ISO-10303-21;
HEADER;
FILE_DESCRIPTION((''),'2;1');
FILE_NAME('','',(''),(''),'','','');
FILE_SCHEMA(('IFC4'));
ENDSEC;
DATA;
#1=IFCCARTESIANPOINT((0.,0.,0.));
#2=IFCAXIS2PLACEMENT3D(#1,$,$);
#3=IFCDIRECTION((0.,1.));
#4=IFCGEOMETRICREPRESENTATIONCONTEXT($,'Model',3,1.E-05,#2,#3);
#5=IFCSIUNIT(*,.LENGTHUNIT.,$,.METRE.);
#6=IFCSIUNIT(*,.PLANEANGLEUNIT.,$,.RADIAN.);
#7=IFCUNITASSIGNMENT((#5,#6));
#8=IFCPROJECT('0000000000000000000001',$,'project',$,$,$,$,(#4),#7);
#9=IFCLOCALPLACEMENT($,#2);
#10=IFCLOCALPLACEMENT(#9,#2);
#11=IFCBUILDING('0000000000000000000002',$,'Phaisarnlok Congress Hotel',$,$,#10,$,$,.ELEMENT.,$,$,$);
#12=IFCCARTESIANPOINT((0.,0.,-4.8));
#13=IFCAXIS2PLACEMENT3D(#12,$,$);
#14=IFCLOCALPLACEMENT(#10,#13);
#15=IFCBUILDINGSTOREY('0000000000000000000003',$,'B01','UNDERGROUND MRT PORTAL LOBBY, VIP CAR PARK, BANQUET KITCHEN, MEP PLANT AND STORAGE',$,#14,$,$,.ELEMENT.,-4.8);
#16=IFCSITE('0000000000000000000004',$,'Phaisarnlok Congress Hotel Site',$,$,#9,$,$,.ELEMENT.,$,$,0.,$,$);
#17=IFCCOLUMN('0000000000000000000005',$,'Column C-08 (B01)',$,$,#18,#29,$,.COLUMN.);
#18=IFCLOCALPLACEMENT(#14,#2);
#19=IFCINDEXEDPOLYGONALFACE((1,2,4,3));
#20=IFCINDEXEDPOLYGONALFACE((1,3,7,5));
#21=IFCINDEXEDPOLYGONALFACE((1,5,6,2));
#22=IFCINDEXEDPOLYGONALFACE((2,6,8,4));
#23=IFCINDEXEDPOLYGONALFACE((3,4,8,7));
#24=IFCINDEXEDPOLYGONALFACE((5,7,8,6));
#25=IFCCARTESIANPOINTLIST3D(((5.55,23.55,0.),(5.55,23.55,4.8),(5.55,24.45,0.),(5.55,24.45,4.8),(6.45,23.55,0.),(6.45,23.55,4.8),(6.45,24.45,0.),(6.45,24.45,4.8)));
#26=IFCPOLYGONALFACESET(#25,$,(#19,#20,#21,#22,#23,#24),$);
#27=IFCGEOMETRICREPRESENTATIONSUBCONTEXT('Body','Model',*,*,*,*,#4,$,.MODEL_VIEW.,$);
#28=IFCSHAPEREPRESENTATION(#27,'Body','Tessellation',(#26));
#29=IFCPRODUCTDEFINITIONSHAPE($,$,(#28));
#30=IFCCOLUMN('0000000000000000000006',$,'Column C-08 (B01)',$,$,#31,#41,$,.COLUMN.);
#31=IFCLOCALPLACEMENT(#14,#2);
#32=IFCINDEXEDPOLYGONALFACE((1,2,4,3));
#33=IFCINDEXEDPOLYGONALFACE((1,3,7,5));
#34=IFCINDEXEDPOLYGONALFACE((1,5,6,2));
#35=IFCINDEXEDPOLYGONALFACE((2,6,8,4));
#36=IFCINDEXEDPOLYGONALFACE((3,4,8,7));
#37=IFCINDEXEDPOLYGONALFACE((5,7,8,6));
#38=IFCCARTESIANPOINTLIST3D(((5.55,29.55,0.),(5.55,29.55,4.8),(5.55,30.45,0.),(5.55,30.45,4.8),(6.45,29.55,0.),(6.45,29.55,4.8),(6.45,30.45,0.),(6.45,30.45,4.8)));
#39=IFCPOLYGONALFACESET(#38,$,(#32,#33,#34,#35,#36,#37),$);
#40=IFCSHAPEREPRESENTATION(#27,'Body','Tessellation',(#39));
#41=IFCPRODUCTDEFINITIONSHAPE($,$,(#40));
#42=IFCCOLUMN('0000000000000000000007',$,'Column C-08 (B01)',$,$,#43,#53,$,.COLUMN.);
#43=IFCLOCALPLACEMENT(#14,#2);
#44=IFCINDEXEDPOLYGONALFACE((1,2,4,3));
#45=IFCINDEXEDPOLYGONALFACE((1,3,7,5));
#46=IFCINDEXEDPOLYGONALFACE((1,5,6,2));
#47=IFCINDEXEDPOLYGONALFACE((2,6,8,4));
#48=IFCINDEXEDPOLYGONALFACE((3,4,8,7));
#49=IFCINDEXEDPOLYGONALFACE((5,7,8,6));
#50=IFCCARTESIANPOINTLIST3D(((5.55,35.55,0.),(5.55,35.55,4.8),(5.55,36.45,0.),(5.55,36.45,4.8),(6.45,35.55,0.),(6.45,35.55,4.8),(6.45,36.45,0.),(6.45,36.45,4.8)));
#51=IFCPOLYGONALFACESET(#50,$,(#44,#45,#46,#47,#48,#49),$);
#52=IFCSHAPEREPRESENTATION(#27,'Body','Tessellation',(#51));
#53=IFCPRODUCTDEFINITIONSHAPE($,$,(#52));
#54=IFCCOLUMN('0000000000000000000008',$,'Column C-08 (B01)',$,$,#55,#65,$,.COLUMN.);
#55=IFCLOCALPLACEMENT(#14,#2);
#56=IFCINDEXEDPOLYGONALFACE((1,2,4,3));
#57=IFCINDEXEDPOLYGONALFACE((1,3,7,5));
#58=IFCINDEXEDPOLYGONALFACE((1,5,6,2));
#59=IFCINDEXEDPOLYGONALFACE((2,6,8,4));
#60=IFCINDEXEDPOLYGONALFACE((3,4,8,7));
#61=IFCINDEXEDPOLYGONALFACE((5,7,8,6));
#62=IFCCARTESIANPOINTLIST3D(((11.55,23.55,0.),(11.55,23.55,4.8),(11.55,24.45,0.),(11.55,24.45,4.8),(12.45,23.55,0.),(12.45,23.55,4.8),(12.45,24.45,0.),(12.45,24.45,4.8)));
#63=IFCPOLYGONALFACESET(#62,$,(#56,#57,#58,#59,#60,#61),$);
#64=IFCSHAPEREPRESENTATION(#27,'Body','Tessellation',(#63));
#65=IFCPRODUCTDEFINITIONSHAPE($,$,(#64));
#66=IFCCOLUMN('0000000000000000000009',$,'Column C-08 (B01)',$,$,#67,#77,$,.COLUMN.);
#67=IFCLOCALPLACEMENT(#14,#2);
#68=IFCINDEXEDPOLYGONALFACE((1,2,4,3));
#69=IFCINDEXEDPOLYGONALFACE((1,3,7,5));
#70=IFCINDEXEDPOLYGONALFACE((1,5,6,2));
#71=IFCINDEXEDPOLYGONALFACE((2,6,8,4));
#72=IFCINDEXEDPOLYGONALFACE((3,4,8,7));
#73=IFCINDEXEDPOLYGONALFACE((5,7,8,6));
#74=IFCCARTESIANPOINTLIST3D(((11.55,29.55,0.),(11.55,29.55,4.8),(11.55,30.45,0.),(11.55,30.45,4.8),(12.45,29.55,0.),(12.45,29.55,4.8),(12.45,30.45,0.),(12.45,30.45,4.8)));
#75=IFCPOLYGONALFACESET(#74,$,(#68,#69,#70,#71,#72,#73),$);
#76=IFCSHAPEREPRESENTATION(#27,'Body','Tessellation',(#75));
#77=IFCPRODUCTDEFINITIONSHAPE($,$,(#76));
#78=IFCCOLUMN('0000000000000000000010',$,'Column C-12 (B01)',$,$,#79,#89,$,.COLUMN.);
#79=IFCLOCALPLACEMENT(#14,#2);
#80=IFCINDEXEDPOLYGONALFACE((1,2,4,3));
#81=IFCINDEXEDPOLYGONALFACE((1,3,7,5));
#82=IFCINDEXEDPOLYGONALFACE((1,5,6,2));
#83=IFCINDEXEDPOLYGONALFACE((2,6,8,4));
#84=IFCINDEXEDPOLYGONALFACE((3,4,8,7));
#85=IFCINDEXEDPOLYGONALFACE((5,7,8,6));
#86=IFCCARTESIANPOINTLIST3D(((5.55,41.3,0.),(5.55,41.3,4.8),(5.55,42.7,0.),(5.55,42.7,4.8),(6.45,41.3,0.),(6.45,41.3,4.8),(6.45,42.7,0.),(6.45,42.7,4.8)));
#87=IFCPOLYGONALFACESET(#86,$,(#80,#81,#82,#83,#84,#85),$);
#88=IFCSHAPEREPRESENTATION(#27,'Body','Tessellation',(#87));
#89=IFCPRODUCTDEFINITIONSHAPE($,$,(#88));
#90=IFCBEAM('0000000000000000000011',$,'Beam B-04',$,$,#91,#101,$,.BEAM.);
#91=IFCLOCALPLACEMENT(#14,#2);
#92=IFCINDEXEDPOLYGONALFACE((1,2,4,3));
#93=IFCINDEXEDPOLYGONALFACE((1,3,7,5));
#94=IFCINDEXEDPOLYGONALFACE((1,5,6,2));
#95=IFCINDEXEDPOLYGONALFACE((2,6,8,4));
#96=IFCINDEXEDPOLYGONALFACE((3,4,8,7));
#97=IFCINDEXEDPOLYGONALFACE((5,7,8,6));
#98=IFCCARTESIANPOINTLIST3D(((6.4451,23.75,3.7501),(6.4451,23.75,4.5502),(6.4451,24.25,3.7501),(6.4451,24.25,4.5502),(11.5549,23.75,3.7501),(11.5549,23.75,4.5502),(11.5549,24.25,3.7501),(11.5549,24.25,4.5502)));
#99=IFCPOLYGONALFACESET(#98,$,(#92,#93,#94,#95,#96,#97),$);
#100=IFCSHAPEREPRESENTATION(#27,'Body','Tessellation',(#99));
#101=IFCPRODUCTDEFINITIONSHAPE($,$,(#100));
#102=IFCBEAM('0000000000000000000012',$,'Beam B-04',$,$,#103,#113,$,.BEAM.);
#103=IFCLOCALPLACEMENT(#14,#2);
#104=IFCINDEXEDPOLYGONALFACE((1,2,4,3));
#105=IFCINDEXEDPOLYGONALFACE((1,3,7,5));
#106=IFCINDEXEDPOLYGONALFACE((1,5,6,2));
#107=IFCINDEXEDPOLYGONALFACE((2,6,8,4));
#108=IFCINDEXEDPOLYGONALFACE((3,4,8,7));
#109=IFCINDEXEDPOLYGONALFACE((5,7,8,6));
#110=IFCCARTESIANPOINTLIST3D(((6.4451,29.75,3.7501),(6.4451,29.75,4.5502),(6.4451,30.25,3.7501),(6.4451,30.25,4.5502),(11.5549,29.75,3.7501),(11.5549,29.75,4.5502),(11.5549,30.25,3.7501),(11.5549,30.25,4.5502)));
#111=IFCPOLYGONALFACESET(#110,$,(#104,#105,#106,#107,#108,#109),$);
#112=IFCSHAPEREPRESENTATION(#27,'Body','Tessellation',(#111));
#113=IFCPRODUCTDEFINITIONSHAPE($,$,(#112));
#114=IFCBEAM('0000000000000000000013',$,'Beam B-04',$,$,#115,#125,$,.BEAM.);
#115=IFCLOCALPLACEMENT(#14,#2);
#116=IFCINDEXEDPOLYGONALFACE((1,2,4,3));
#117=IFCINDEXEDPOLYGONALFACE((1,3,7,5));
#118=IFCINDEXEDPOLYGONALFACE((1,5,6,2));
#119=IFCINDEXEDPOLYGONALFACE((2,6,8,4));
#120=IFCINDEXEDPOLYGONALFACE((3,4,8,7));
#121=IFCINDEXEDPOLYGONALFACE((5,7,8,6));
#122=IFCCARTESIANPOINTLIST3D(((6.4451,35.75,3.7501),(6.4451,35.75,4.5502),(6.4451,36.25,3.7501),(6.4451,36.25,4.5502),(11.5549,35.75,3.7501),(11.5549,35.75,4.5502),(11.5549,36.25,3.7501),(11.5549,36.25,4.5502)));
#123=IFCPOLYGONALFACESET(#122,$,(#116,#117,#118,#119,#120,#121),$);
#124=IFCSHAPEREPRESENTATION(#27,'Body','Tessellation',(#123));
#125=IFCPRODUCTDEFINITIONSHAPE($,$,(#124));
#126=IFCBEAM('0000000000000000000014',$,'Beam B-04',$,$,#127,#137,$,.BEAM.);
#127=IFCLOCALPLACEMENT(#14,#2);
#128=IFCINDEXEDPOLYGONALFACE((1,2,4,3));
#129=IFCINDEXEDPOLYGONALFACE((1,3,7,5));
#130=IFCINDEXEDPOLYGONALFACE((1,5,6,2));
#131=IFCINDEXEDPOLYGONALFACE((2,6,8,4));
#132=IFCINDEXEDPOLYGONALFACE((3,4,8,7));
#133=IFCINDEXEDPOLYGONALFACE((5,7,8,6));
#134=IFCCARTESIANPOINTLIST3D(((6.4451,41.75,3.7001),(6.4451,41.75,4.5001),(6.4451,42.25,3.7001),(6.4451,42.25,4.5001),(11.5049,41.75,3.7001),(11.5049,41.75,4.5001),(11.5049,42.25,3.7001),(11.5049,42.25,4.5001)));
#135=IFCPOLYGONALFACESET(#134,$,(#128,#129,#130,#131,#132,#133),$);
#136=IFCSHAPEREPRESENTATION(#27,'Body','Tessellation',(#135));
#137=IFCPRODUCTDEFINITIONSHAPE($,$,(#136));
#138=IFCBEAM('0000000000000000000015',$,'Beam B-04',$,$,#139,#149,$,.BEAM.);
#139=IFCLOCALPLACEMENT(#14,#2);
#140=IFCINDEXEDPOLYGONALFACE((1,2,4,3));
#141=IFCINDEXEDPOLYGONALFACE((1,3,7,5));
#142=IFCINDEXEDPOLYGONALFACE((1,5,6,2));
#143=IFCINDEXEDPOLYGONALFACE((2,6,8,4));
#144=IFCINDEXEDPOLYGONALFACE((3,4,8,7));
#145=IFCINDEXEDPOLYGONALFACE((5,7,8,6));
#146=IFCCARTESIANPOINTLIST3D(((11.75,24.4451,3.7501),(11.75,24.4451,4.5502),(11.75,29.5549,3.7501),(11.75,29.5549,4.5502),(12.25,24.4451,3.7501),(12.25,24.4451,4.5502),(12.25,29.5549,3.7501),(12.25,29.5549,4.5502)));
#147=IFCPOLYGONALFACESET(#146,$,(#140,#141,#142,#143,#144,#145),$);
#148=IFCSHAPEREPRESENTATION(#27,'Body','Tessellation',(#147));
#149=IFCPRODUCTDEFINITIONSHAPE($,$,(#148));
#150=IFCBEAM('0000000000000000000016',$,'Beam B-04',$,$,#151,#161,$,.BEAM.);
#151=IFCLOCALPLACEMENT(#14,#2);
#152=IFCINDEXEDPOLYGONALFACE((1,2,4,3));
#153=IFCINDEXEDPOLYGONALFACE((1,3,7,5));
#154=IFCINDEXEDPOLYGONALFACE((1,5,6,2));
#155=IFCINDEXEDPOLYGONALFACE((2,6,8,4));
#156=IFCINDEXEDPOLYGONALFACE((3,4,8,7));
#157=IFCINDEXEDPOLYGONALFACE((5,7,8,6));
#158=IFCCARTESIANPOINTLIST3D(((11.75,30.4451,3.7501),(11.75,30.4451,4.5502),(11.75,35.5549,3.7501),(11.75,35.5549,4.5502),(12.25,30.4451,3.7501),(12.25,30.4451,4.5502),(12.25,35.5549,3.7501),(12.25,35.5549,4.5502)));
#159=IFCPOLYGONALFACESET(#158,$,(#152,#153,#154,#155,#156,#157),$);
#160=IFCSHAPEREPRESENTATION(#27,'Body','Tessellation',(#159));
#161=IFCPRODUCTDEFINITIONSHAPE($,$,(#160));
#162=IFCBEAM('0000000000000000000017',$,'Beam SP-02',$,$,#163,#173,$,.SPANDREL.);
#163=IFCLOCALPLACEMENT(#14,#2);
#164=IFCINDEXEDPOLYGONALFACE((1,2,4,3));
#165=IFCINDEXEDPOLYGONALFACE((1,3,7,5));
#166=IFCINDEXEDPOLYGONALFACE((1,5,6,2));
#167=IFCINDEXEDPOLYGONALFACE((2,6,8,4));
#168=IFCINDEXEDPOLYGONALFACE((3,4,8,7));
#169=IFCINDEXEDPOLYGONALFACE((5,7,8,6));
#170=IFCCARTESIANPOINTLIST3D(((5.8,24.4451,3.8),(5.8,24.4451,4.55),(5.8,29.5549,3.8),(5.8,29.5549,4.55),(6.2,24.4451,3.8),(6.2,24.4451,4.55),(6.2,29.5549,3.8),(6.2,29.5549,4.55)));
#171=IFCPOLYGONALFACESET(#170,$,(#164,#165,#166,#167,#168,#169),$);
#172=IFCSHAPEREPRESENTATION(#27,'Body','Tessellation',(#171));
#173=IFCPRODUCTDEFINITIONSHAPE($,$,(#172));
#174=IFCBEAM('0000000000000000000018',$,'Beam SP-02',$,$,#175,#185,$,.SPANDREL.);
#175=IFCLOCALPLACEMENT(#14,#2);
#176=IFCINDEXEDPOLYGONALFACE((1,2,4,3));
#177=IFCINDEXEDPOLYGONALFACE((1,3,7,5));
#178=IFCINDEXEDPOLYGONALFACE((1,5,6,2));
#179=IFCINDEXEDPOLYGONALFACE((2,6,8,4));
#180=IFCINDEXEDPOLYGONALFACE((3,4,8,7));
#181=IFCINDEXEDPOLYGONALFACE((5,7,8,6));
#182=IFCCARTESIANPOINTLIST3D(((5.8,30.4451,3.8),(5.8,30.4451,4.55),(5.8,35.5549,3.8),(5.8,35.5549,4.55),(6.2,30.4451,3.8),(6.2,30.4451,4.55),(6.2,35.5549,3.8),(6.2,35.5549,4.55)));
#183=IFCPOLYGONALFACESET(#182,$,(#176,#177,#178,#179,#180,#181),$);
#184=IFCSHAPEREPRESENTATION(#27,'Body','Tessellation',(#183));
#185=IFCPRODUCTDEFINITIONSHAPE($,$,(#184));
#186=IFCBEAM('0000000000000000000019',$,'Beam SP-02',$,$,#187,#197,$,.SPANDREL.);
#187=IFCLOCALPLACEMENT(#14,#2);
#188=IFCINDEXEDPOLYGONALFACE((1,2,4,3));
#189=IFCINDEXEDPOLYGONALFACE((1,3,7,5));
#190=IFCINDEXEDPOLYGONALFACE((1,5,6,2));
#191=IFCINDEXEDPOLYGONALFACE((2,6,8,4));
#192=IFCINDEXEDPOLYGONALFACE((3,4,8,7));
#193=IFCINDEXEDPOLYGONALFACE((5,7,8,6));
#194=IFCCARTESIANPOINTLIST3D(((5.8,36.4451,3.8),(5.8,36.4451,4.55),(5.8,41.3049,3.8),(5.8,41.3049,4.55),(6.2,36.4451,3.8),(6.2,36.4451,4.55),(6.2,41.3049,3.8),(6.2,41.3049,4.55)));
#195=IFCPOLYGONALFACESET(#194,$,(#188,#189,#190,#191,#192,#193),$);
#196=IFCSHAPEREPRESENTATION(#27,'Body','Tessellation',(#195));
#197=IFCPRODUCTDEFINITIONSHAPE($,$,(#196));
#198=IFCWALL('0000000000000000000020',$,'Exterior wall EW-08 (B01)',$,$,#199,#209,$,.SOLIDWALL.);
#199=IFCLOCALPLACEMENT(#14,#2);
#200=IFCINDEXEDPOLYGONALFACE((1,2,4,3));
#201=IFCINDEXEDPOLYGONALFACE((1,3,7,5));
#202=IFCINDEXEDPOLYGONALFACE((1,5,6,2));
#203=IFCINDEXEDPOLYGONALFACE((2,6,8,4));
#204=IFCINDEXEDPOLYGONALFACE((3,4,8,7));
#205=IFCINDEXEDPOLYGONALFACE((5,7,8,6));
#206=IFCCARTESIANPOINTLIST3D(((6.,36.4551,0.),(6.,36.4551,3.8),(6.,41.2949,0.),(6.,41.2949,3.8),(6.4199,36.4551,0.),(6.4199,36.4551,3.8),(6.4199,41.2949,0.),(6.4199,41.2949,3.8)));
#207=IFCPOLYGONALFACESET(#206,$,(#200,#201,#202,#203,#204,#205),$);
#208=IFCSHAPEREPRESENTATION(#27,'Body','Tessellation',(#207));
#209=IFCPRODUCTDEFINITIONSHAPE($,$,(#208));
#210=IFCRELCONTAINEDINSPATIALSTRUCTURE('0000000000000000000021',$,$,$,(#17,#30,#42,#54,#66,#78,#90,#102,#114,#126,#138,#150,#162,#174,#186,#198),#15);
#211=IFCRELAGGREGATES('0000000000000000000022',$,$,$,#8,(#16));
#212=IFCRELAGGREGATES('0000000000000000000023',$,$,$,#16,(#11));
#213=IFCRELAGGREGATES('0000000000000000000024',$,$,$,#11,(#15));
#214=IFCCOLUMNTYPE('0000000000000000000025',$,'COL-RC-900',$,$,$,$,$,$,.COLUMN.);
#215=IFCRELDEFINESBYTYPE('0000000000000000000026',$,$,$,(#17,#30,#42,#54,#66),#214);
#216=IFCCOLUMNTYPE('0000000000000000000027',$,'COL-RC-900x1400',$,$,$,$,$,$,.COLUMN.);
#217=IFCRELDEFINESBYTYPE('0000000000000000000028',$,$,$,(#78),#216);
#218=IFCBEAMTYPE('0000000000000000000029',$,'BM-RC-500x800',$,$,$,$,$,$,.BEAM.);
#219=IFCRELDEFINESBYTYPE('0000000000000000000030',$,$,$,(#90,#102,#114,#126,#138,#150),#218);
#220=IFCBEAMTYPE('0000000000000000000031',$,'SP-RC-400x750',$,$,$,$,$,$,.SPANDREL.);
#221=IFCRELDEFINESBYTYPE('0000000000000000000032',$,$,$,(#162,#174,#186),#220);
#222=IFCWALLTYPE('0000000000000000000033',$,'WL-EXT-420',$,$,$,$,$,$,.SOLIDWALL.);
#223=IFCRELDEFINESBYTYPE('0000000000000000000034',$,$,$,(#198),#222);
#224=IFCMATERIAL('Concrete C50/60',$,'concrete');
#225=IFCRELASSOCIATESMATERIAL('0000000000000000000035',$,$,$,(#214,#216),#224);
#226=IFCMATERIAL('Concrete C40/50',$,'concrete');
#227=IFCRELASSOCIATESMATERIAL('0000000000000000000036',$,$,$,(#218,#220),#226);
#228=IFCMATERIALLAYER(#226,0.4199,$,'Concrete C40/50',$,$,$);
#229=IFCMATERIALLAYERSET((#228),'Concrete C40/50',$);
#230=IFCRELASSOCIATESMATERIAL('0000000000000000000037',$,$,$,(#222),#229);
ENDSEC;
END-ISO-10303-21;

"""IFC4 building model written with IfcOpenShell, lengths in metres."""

from ifc_helpers import new_model, si_unit, direction, frame, frame_2d, origin, origin_2d, place, context, subcontext, project, spatial, rectangle, extrude, material, layer, layer_set, material_profile, profile_set, type_object, element, save


model = new_model("IFC4")

# Units and contexts
model_context = context("Model", 3, precision=1e-05, world=origin(), true_north=direction((0.0, 1.0)))
body_context = subcontext(model_context, "Body", "Model", "MODEL_VIEW")
ifc_project = project(units=[si_unit("LENGTHUNIT", "METRE"), si_unit("PLANEANGLEUNIT", "RADIAN")], contexts=[model_context])

# Site, building, storey
site_placement = place(None, origin())
site = spatial("IfcSite", under=ifc_project, at=site_placement, Name="Phaisarnlok Congress Hotel Site", CompositionType="ELEMENT", RefElevation=0.0)
building_placement = place(site_placement, origin())
building = spatial("IfcBuilding", under=site, at=building_placement, Name="Phaisarnlok Congress Hotel", CompositionType="ELEMENT")
storey_placement = place(building_placement, frame((0.0, 0.0, -4.8)))
storey = spatial("IfcBuildingStorey", under=building, at=storey_placement, Name="B01", Description="UNDERGROUND MRT PORTAL LOBBY, VIP CAR PARK, BANQUET KITCHEN, MEP PLANT AND STORAGE", CompositionType="ELEMENT", Elevation=-4.8)

# Shared definitions
ifc_material_1 = material(Name="Concrete C40/50", Category="concrete")

# Columns
ifc_material_2 = material(Name="Concrete C50/60", Category="concrete")
ifc_material_profile_1 = material_profile(ifc_material_2, rectangle(XDim=0.8999, YDim=0.8999, at=origin_2d()), Name="RC 900x900")
ifc_profile_set_1 = profile_set([ifc_material_profile_1], Name="Concrete C50/60")
column_type_1 = type_object("IfcColumnType", Name="COL-RC-900", PredefinedType="COLUMN", material=ifc_profile_set_1)
for number, where, z_axis, x_axis, name in (
    (1, (6.0, 24.0, 0.0), (0.0, 0.0, 1.0), (1.0, 0.0, 0.0), "Column C-08 (B01)"),
    (2, (6.0, 30.0, 0.0), (0.0, 0.0, 1.0), (1.0, 0.0, 0.0), "Column C-08 (B01)"),
    (3, (6.0, 36.0, 0.0), (0.0, 0.0, 1.0), (1.0, 0.0, 0.0), "Column C-08 (B01)"),
    (4, (12.0, 24.0, 0.0), (0.0, 0.0, 1.0), (1.0, 0.0, 0.0), "Column C-08 (B01)"),
    (5, (12.0, 30.0, 0.0), (0.0, 0.0, 1.0), (1.0, 0.0, 0.0), "Column C-08 (B01)"),
):
    element("IfcColumn", number, at=place(storey_placement, frame(where, z_axis=z_axis, x_axis=x_axis)), inside=storey, type_object=column_type_1, Name=name, PredefinedType="COLUMN", context=body_context, shape_type="SweptSolid", body=[
        extrude(rectangle(XDim=0.8999, YDim=0.8999, at=origin_2d()), origin(), (0.0, 0.0, 1.0), 4.8),
    ])
ifc_material_profile_2 = material_profile(ifc_material_2, rectangle(XDim=0.8999, YDim=1.3999, at=origin_2d()), Name="RC 900x1400")
ifc_profile_set_2 = profile_set([ifc_material_profile_2], Name="Concrete C50/60")
column_type_2 = type_object("IfcColumnType", Name="COL-RC-900x1400", PredefinedType="COLUMN", material=ifc_profile_set_2)
column_1_placement = place(storey_placement, frame((6.0, 42.0, 0.0), z_axis=(0.0, 0.0, 1.0), x_axis=(1.0, 0.0, 0.0)))
element("IfcColumn", 6, at=column_1_placement, inside=storey, type_object=column_type_2, Name="Column C-12 (B01)", PredefinedType="COLUMN", context=body_context, shape_type="SweptSolid", body=[
    extrude(rectangle(XDim=0.8999, YDim=1.3999, at=origin_2d()), origin(), (0.0, 0.0, 1.0), 4.8),
])

# Beams
ifc_material_profile_3 = material_profile(ifc_material_1, rectangle(XDim=0.5, YDim=0.8, at=origin_2d()), Name="RC 500x800")
ifc_profile_set_3 = profile_set([ifc_material_profile_3], Name="Concrete C40/50")
beam_type_1 = type_object("IfcBeamType", Name="BM-RC-500x800", PredefinedType="BEAM", material=ifc_profile_set_3)
for number, where, z_axis, x_axis, name in (
    (7, (6.4451, 24.0, 4.1501), (1.0, 0.0, 0.0), (0.0, 1.0, 0.0), "Beam B-04"),
    (8, (6.4451, 30.0, 4.1501), (1.0, 0.0, 0.0), (0.0, 1.0, 0.0), "Beam B-04"),
    (9, (6.4451, 36.0, 4.1501), (1.0, 0.0, 0.0), (0.0, 1.0, 0.0), "Beam B-04"),
):
    element("IfcBeam", number, at=place(storey_placement, frame(where, z_axis=z_axis, x_axis=x_axis)), inside=storey, type_object=beam_type_1, Name=name, PredefinedType="BEAM", context=body_context, shape_type="SweptSolid", body=[
        extrude(rectangle(XDim=0.5, YDim=0.8, at=origin_2d()), origin(), (0.0, 0.0, 1.0), 5.1099),
    ])
beam_1_placement = place(storey_placement, frame((6.4451, 42.0, 4.1001), z_axis=(1.0, 0.0, 0.0), x_axis=(0.0, 1.0, 0.0)))
element("IfcBeam", 10, at=beam_1_placement, inside=storey, type_object=beam_type_1, Name="Beam B-04", PredefinedType="BEAM", context=body_context, shape_type="SweptSolid", body=[
    extrude(rectangle(XDim=0.5, YDim=0.8, at=origin_2d()), origin(), (0.0, 0.0, 1.0), 5.0598),
])
for number, where, z_axis, x_axis, name in (
    (11, (12.0, 24.4451, 4.1501), (0.0, 1.0, 0.0), (-1.0, 0.0, 0.0), "Beam B-04"),
    (12, (12.0, 30.4451, 4.1501), (0.0, 1.0, 0.0), (-1.0, 0.0, 0.0), "Beam B-04"),
):
    element("IfcBeam", number, at=place(storey_placement, frame(where, z_axis=z_axis, x_axis=x_axis)), inside=storey, type_object=beam_type_1, Name=name, PredefinedType="BEAM", context=body_context, shape_type="SweptSolid", body=[
        extrude(rectangle(XDim=0.5, YDim=0.8, at=origin_2d()), origin(), (0.0, 0.0, 1.0), 5.1099),
    ])
ifc_material_profile_4 = material_profile(ifc_material_1, rectangle(XDim=0.3999, YDim=0.75, at=origin_2d()), Name="RC 400x750")
ifc_profile_set_4 = profile_set([ifc_material_profile_4], Name="Concrete C40/50")
beam_type_2 = type_object("IfcBeamType", Name="SP-RC-400x750", PredefinedType="SPANDREL", material=ifc_profile_set_4)
for number, where, z_axis, x_axis, name in (
    (13, (6.0, 24.4451, 4.175), (0.0, 1.0, 0.0), (-1.0, 0.0, 0.0), "Beam SP-02"),
    (14, (6.0, 30.4451, 4.175), (0.0, 1.0, 0.0), (-1.0, 0.0, 0.0), "Beam SP-02"),
):
    element("IfcBeam", number, at=place(storey_placement, frame(where, z_axis=z_axis, x_axis=x_axis)), inside=storey, type_object=beam_type_2, Name=name, PredefinedType="SPANDREL", context=body_context, shape_type="SweptSolid", body=[
        extrude(rectangle(XDim=0.3999, YDim=0.75, at=origin_2d()), origin(), (0.0, 0.0, 1.0), 5.1099),
    ])
beam_2_placement = place(storey_placement, frame((6.0, 36.4451, 4.175), z_axis=(0.0, 1.0, 0.0), x_axis=(-1.0, 0.0, 0.0)))
element("IfcBeam", 15, at=beam_2_placement, inside=storey, type_object=beam_type_2, Name="Beam SP-02", PredefinedType="SPANDREL", context=body_context, shape_type="SweptSolid", body=[
    extrude(rectangle(XDim=0.3999, YDim=0.75, at=origin_2d()), origin(), (0.0, 0.0, 1.0), 4.8599),
])

# Wall
ifc_layer_1 = layer(ifc_material_1, 0.4199, Name="Concrete C40/50")
ifc_layer_set_1 = layer_set([ifc_layer_1], Name="Concrete C40/50")
wall_type_1 = type_object("IfcWallType", Name="WL-EXT-420", PredefinedType="SOLIDWALL", material=ifc_layer_set_1)
wall_1_placement = place(storey_placement, frame((6.21, 41.2949, 0.0), z_axis=(0.0, 0.0, 1.0), x_axis=(0.0, -1.0, 0.0)))
element("IfcWall", 16, at=wall_1_placement, inside=storey, type_object=wall_type_1, Name="Exterior wall EW-08 (B01)", PredefinedType="SOLIDWALL", context=body_context, shape_type="SweptSolid", body=[
    extrude(rectangle(XDim=4.8398, YDim=0.4199, at=frame_2d((2.4199, 0.0))), origin(), (0.0, 0.0, 1.0), 3.8),
])

save(model, "model.ifc")
